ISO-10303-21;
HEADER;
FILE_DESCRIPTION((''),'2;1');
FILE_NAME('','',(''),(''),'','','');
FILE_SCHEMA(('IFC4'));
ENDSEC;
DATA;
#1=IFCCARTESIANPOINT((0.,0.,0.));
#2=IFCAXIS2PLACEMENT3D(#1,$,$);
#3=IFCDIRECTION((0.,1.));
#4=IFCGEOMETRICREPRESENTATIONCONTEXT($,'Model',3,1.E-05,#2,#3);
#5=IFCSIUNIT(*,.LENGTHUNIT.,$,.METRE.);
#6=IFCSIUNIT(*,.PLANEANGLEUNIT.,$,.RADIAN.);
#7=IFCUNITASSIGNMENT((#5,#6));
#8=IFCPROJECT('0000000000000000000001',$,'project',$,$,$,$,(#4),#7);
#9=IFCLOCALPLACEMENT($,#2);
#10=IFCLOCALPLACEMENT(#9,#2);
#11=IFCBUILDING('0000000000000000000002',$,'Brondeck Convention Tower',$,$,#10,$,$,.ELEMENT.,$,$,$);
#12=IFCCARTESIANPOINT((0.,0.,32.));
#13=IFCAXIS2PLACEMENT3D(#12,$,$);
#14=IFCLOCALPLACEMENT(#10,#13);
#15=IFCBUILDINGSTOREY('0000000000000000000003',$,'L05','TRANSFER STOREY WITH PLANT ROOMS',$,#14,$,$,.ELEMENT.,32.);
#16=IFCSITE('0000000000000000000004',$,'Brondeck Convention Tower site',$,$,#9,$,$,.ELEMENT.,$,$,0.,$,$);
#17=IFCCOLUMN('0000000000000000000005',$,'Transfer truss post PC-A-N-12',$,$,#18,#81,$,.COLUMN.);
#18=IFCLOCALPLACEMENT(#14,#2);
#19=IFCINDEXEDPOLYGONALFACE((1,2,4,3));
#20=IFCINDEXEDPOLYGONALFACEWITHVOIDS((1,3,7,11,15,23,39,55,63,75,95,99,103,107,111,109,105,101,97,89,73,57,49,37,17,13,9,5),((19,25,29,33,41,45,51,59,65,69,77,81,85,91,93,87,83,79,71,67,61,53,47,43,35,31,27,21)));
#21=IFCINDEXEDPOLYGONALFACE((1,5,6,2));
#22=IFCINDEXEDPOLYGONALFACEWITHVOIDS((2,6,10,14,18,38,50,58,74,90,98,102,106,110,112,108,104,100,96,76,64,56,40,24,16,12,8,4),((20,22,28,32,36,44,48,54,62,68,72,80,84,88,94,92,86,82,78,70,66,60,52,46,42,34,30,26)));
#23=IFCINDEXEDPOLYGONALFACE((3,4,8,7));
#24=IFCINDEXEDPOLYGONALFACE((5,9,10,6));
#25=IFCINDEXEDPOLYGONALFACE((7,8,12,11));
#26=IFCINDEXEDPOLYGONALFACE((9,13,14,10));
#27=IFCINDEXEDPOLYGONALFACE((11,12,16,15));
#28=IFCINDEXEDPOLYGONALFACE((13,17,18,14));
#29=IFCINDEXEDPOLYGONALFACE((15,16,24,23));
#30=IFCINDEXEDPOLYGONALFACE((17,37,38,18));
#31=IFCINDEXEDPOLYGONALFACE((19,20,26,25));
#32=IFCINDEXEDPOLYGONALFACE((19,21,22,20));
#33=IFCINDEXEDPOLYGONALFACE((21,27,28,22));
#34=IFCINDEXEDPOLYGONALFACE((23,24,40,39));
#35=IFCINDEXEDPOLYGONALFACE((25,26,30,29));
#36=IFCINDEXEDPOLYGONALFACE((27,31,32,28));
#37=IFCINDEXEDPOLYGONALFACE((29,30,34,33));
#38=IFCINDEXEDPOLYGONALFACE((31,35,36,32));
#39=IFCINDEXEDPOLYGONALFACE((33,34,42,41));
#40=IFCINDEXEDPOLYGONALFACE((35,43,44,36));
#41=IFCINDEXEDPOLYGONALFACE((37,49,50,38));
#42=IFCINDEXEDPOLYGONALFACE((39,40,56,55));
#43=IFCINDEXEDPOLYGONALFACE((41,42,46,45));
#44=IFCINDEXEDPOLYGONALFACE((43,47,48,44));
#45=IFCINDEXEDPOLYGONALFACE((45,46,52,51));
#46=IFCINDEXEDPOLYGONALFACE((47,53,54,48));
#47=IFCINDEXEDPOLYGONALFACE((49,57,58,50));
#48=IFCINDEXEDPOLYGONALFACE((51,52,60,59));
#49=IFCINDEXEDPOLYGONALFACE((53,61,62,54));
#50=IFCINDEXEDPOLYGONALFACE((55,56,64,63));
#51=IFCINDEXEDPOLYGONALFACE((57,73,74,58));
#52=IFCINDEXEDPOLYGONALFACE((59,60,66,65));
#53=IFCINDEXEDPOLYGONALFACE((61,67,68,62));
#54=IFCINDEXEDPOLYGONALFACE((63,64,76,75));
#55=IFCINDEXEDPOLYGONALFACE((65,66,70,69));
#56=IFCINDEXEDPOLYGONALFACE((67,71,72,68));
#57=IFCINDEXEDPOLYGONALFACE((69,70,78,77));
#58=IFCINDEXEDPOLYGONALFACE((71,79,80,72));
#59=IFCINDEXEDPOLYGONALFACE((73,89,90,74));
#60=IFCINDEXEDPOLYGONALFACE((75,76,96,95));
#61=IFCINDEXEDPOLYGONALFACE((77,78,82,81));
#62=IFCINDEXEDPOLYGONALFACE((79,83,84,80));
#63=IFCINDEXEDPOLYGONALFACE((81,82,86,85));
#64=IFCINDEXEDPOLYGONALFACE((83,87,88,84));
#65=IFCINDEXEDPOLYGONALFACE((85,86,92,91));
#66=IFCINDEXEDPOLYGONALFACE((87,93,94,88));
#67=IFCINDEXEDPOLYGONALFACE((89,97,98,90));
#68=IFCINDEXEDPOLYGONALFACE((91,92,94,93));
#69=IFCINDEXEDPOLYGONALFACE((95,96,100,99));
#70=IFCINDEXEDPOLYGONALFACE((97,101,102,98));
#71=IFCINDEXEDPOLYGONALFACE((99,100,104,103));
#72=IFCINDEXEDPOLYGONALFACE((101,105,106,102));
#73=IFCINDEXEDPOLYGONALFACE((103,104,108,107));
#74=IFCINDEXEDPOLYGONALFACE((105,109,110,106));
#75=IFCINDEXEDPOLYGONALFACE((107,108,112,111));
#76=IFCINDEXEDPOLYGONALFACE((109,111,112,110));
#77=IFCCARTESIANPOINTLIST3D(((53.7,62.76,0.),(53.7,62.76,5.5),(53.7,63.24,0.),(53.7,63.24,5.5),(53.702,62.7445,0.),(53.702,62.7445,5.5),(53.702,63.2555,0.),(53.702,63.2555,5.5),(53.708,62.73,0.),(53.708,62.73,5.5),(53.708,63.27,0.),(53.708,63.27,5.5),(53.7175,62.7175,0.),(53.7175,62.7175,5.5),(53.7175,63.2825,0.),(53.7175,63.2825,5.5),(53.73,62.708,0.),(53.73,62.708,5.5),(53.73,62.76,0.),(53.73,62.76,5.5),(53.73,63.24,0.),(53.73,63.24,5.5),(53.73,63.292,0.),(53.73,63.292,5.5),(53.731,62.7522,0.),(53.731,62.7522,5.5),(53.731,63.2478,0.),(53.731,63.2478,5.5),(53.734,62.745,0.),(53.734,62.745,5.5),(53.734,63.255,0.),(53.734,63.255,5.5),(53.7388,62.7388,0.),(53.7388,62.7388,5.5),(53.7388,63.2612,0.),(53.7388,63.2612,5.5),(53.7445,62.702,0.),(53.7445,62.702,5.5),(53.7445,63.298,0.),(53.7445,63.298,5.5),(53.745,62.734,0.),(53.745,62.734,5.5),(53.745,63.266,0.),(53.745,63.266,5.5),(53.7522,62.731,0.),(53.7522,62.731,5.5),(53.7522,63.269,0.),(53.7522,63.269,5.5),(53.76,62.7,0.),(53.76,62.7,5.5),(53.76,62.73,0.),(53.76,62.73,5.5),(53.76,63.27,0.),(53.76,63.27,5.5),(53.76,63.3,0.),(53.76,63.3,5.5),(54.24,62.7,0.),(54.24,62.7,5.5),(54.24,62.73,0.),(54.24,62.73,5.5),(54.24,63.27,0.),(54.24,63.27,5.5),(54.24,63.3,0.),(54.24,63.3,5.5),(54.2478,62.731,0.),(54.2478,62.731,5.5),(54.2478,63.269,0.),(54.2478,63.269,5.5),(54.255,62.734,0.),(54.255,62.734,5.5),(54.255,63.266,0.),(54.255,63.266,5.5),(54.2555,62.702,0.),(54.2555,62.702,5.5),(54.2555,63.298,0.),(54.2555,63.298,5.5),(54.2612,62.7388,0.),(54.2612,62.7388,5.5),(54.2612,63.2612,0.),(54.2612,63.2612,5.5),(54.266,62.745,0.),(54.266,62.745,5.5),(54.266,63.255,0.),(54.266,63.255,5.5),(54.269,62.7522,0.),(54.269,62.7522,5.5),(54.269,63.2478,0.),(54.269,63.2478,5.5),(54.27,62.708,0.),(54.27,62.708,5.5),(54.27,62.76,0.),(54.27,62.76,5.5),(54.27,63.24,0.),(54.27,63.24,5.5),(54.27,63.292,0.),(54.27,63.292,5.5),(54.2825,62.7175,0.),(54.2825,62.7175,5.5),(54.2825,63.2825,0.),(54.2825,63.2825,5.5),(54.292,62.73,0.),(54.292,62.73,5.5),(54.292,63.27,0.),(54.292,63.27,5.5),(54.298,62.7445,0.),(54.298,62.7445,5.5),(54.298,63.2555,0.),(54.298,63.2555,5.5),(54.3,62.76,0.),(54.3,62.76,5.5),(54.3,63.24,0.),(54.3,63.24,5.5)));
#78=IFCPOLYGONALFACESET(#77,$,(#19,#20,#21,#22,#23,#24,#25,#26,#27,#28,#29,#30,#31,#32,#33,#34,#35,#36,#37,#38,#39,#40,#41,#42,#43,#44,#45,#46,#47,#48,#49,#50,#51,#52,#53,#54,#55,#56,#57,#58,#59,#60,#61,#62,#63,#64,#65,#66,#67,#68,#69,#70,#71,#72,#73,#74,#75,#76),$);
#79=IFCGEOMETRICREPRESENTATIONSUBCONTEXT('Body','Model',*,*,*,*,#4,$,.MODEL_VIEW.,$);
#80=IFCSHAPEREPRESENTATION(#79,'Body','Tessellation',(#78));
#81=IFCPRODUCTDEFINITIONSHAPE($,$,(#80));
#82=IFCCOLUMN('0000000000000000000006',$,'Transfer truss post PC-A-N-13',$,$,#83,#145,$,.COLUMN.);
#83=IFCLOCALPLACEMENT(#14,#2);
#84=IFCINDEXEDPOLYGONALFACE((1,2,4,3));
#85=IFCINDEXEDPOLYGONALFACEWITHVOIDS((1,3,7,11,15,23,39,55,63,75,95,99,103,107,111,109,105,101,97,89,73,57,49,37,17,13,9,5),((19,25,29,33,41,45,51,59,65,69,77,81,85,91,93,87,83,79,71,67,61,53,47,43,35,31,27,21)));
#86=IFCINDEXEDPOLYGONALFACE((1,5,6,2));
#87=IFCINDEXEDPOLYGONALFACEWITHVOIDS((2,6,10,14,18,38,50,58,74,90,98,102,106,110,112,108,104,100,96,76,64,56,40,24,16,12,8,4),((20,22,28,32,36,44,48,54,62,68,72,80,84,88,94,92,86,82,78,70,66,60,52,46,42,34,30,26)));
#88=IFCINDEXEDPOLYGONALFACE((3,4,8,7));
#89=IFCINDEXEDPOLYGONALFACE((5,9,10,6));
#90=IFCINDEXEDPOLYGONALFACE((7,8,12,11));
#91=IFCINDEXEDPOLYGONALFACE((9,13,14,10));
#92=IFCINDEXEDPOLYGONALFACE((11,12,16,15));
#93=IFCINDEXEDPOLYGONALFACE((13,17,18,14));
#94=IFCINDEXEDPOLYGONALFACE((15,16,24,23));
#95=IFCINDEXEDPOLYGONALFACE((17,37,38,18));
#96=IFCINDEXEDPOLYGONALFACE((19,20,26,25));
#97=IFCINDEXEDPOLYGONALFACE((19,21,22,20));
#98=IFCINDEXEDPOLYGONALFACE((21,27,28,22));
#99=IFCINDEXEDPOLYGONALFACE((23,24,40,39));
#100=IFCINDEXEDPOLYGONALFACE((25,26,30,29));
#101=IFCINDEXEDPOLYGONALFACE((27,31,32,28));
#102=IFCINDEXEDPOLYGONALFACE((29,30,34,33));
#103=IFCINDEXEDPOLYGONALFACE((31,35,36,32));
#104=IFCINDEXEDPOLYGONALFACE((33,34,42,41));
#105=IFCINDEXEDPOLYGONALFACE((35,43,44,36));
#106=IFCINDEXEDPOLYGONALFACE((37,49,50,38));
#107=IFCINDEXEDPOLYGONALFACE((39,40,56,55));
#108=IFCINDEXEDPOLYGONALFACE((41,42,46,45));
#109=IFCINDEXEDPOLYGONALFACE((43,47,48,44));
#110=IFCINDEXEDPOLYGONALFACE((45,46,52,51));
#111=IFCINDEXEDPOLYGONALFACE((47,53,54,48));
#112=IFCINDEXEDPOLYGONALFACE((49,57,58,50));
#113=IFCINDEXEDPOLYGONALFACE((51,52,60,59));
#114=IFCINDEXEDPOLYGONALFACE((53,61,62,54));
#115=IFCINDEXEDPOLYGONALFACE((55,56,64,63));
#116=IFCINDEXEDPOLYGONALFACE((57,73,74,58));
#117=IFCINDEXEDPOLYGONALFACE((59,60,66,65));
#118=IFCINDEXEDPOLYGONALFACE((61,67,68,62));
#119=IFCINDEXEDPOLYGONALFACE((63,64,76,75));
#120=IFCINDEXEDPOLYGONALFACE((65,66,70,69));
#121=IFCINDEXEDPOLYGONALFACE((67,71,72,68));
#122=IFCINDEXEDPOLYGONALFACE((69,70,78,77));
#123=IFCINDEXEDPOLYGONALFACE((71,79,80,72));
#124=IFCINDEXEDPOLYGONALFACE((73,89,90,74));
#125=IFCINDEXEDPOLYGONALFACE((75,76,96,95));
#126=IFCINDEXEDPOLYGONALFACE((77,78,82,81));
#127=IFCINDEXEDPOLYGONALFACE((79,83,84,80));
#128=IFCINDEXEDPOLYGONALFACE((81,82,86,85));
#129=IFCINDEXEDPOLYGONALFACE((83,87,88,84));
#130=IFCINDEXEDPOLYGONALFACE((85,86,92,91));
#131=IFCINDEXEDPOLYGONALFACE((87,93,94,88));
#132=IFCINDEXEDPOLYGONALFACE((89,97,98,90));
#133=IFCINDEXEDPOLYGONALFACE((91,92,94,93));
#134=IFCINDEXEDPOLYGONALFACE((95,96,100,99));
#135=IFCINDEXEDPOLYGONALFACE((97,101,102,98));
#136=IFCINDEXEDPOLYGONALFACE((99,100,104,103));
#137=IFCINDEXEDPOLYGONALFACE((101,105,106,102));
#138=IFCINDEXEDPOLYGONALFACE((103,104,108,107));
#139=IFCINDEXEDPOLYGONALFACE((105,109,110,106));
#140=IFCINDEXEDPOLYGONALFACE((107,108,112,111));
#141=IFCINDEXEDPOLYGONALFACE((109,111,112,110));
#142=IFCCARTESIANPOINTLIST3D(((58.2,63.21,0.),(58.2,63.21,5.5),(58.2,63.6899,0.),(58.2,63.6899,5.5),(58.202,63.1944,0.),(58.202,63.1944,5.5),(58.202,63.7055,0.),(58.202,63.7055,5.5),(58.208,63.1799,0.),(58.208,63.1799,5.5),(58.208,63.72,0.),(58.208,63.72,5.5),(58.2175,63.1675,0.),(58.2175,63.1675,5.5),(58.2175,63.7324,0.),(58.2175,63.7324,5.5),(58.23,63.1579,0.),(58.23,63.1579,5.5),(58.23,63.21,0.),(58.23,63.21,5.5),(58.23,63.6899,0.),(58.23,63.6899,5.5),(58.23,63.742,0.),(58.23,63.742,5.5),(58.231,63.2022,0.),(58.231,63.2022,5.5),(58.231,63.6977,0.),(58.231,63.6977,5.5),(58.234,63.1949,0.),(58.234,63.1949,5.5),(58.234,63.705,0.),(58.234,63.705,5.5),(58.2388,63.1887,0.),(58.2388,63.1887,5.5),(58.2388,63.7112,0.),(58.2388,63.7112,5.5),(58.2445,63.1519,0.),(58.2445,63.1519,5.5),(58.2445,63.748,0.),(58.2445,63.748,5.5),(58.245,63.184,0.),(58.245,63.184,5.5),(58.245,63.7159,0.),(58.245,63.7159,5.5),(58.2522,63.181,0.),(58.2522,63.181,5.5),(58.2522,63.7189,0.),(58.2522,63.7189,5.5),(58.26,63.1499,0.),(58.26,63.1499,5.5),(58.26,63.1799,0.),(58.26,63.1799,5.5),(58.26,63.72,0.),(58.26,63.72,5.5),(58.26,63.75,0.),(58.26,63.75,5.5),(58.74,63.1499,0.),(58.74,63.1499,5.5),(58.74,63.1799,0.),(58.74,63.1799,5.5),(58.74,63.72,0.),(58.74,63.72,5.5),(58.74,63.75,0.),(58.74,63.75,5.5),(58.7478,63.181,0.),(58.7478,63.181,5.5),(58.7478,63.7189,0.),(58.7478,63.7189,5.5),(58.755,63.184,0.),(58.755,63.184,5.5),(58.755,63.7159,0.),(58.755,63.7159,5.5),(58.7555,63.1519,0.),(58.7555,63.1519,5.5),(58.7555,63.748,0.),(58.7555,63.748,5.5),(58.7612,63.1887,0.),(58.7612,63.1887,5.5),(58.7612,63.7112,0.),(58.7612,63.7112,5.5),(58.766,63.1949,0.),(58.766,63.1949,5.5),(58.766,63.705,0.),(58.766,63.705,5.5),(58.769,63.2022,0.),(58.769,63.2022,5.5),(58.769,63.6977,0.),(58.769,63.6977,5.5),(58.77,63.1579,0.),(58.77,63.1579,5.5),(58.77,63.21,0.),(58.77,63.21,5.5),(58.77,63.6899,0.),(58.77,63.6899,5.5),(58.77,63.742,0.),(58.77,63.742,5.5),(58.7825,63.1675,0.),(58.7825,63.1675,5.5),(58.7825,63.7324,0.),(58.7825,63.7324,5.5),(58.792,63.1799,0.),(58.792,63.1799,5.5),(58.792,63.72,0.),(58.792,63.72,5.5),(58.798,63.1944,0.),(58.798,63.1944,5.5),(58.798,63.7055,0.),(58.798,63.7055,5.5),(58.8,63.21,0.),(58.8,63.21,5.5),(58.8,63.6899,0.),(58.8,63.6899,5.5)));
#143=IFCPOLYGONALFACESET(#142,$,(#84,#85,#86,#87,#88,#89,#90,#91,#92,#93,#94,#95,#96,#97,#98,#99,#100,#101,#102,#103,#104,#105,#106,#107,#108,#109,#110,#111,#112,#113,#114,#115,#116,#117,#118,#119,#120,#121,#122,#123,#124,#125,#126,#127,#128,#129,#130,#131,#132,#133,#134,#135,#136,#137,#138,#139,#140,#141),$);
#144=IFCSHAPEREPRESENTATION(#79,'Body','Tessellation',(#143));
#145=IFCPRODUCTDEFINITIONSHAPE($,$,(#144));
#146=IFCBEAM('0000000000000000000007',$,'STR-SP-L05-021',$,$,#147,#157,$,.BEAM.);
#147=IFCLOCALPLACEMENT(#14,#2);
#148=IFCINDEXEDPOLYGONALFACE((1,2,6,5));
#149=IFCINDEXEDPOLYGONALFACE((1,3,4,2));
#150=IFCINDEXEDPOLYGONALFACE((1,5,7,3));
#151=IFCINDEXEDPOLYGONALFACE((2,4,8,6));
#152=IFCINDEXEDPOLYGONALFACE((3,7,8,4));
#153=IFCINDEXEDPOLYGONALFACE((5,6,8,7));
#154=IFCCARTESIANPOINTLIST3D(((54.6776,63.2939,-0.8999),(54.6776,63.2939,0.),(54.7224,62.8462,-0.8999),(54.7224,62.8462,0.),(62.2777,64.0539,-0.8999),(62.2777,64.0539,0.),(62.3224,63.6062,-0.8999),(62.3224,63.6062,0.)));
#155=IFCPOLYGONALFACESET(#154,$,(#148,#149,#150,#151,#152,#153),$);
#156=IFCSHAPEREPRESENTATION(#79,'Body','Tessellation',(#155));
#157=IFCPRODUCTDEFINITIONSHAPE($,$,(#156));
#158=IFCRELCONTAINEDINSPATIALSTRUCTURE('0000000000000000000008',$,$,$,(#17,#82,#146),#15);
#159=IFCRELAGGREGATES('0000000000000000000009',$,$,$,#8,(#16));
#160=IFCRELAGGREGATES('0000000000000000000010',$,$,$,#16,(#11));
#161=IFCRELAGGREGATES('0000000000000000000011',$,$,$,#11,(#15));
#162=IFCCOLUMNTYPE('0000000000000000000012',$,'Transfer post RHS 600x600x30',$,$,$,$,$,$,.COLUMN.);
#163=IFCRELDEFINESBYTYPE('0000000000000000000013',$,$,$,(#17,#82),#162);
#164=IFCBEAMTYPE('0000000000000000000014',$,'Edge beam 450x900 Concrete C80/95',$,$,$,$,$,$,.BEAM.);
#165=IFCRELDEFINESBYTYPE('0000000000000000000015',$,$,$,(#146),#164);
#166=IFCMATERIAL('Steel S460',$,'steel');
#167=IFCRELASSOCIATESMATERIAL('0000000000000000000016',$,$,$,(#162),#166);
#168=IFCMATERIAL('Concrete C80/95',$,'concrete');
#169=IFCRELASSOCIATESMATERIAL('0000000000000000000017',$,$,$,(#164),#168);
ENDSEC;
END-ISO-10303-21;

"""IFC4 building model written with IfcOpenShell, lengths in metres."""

from ifc_helpers import new_model, si_unit, direction, frame, origin, origin_2d, place, context, subcontext, project, spatial, rectangle, hollow_rectangle, extrude, material, material_profile, profile_set, type_object, element, save


model = new_model("IFC4")

# Units and contexts
model_context = context("Model", 3, precision=1e-05, world=origin(), true_north=direction((0.0, 1.0)))
body_context = subcontext(model_context, "Body", "Model", "MODEL_VIEW")
ifc_project = project(units=[si_unit("LENGTHUNIT", "METRE"), si_unit("PLANEANGLEUNIT", "RADIAN")], contexts=[model_context])

# Site, building, storey
site_placement = place(None, origin())
site = spatial("IfcSite", under=ifc_project, at=site_placement, Name="Brondeck Convention Tower site", CompositionType="ELEMENT", RefElevation=0.0)
building_placement = place(site_placement, origin())
building = spatial("IfcBuilding", under=site, at=building_placement, Name="Brondeck Convention Tower", CompositionType="ELEMENT")
storey_placement = place(building_placement, frame((0.0, 0.0, 32.0)))
storey = spatial("IfcBuildingStorey", under=building, at=storey_placement, Name="L05", Description="TRANSFER STOREY WITH PLANT ROOMS", CompositionType="ELEMENT", Elevation=32.0)

# Columns
ifc_material_1 = material(Name="Steel S460", Category="steel")
ifc_material_profile_1 = material_profile(ifc_material_1, hollow_rectangle(XDim=0.6001, YDim=0.6001, WallThickness=0.03, InnerFilletRadius=0.03, OuterFilletRadius=0.0601, at=origin_2d()), Name="RHS 600x600x30")
ifc_profile_set_1 = profile_set([ifc_material_profile_1], Name="Steel S460")
column_type = type_object("IfcColumnType", Name="Transfer post RHS 600x600x30", PredefinedType="COLUMN", material=ifc_profile_set_1)
for number, where, z_axis, x_axis, name in (
    (1, (54.0, 63.0, 0.0), (0.0, 0.0, 1.0), (1.0, 0.0, 0.0), "Transfer truss post PC-A-N-12"),
    (2, (58.5, 63.45, 0.0), (0.0, 0.0, 1.0), (1.0, 0.0, 0.0), "Transfer truss post PC-A-N-13"),
):
    element("IfcColumn", number, at=place(storey_placement, frame(where, z_axis=z_axis, x_axis=x_axis)), inside=storey, type_object=column_type, Name=name, PredefinedType="COLUMN", context=body_context, shape_type="SweptSolid", body=[
        extrude(hollow_rectangle(XDim=0.6001, YDim=0.6001, WallThickness=0.03, InnerFilletRadius=0.03, OuterFilletRadius=0.0601, at=origin_2d()), origin(), (0.0, 0.0, 1.0), 5.5),
    ])

# Beam
ifc_material_2 = material(Name="Concrete C80/95", Category="concrete")
ifc_material_profile_2 = material_profile(ifc_material_2, rectangle(XDim=0.45, YDim=0.8999, at=origin_2d()), Name="Edge beam 450x900 Concrete C80/95")
ifc_profile_set_2 = profile_set([ifc_material_profile_2], Name="Concrete C80/95")
beam_type = type_object("IfcBeamType", Name="Edge beam 450x900 Concrete C80/95", PredefinedType="BEAM", material=ifc_profile_set_2)
beam_placement = place(storey_placement, frame((62.3, 63.8301, -0.45), z_axis=(-0.995037, -0.099504, 0.0), x_axis=(0.099504, -0.995037, 0.0)))
element("IfcBeam", 3, at=beam_placement, inside=storey, type_object=beam_type, Name="STR-SP-L05-021", PredefinedType="BEAM", context=body_context, shape_type="SweptSolid", body=[
    extrude(rectangle(XDim=0.45, YDim=0.8999, at=origin_2d()), origin(), (0.0, 0.0, 1.0), 7.6379),
])

save(model, "model.ifc")
